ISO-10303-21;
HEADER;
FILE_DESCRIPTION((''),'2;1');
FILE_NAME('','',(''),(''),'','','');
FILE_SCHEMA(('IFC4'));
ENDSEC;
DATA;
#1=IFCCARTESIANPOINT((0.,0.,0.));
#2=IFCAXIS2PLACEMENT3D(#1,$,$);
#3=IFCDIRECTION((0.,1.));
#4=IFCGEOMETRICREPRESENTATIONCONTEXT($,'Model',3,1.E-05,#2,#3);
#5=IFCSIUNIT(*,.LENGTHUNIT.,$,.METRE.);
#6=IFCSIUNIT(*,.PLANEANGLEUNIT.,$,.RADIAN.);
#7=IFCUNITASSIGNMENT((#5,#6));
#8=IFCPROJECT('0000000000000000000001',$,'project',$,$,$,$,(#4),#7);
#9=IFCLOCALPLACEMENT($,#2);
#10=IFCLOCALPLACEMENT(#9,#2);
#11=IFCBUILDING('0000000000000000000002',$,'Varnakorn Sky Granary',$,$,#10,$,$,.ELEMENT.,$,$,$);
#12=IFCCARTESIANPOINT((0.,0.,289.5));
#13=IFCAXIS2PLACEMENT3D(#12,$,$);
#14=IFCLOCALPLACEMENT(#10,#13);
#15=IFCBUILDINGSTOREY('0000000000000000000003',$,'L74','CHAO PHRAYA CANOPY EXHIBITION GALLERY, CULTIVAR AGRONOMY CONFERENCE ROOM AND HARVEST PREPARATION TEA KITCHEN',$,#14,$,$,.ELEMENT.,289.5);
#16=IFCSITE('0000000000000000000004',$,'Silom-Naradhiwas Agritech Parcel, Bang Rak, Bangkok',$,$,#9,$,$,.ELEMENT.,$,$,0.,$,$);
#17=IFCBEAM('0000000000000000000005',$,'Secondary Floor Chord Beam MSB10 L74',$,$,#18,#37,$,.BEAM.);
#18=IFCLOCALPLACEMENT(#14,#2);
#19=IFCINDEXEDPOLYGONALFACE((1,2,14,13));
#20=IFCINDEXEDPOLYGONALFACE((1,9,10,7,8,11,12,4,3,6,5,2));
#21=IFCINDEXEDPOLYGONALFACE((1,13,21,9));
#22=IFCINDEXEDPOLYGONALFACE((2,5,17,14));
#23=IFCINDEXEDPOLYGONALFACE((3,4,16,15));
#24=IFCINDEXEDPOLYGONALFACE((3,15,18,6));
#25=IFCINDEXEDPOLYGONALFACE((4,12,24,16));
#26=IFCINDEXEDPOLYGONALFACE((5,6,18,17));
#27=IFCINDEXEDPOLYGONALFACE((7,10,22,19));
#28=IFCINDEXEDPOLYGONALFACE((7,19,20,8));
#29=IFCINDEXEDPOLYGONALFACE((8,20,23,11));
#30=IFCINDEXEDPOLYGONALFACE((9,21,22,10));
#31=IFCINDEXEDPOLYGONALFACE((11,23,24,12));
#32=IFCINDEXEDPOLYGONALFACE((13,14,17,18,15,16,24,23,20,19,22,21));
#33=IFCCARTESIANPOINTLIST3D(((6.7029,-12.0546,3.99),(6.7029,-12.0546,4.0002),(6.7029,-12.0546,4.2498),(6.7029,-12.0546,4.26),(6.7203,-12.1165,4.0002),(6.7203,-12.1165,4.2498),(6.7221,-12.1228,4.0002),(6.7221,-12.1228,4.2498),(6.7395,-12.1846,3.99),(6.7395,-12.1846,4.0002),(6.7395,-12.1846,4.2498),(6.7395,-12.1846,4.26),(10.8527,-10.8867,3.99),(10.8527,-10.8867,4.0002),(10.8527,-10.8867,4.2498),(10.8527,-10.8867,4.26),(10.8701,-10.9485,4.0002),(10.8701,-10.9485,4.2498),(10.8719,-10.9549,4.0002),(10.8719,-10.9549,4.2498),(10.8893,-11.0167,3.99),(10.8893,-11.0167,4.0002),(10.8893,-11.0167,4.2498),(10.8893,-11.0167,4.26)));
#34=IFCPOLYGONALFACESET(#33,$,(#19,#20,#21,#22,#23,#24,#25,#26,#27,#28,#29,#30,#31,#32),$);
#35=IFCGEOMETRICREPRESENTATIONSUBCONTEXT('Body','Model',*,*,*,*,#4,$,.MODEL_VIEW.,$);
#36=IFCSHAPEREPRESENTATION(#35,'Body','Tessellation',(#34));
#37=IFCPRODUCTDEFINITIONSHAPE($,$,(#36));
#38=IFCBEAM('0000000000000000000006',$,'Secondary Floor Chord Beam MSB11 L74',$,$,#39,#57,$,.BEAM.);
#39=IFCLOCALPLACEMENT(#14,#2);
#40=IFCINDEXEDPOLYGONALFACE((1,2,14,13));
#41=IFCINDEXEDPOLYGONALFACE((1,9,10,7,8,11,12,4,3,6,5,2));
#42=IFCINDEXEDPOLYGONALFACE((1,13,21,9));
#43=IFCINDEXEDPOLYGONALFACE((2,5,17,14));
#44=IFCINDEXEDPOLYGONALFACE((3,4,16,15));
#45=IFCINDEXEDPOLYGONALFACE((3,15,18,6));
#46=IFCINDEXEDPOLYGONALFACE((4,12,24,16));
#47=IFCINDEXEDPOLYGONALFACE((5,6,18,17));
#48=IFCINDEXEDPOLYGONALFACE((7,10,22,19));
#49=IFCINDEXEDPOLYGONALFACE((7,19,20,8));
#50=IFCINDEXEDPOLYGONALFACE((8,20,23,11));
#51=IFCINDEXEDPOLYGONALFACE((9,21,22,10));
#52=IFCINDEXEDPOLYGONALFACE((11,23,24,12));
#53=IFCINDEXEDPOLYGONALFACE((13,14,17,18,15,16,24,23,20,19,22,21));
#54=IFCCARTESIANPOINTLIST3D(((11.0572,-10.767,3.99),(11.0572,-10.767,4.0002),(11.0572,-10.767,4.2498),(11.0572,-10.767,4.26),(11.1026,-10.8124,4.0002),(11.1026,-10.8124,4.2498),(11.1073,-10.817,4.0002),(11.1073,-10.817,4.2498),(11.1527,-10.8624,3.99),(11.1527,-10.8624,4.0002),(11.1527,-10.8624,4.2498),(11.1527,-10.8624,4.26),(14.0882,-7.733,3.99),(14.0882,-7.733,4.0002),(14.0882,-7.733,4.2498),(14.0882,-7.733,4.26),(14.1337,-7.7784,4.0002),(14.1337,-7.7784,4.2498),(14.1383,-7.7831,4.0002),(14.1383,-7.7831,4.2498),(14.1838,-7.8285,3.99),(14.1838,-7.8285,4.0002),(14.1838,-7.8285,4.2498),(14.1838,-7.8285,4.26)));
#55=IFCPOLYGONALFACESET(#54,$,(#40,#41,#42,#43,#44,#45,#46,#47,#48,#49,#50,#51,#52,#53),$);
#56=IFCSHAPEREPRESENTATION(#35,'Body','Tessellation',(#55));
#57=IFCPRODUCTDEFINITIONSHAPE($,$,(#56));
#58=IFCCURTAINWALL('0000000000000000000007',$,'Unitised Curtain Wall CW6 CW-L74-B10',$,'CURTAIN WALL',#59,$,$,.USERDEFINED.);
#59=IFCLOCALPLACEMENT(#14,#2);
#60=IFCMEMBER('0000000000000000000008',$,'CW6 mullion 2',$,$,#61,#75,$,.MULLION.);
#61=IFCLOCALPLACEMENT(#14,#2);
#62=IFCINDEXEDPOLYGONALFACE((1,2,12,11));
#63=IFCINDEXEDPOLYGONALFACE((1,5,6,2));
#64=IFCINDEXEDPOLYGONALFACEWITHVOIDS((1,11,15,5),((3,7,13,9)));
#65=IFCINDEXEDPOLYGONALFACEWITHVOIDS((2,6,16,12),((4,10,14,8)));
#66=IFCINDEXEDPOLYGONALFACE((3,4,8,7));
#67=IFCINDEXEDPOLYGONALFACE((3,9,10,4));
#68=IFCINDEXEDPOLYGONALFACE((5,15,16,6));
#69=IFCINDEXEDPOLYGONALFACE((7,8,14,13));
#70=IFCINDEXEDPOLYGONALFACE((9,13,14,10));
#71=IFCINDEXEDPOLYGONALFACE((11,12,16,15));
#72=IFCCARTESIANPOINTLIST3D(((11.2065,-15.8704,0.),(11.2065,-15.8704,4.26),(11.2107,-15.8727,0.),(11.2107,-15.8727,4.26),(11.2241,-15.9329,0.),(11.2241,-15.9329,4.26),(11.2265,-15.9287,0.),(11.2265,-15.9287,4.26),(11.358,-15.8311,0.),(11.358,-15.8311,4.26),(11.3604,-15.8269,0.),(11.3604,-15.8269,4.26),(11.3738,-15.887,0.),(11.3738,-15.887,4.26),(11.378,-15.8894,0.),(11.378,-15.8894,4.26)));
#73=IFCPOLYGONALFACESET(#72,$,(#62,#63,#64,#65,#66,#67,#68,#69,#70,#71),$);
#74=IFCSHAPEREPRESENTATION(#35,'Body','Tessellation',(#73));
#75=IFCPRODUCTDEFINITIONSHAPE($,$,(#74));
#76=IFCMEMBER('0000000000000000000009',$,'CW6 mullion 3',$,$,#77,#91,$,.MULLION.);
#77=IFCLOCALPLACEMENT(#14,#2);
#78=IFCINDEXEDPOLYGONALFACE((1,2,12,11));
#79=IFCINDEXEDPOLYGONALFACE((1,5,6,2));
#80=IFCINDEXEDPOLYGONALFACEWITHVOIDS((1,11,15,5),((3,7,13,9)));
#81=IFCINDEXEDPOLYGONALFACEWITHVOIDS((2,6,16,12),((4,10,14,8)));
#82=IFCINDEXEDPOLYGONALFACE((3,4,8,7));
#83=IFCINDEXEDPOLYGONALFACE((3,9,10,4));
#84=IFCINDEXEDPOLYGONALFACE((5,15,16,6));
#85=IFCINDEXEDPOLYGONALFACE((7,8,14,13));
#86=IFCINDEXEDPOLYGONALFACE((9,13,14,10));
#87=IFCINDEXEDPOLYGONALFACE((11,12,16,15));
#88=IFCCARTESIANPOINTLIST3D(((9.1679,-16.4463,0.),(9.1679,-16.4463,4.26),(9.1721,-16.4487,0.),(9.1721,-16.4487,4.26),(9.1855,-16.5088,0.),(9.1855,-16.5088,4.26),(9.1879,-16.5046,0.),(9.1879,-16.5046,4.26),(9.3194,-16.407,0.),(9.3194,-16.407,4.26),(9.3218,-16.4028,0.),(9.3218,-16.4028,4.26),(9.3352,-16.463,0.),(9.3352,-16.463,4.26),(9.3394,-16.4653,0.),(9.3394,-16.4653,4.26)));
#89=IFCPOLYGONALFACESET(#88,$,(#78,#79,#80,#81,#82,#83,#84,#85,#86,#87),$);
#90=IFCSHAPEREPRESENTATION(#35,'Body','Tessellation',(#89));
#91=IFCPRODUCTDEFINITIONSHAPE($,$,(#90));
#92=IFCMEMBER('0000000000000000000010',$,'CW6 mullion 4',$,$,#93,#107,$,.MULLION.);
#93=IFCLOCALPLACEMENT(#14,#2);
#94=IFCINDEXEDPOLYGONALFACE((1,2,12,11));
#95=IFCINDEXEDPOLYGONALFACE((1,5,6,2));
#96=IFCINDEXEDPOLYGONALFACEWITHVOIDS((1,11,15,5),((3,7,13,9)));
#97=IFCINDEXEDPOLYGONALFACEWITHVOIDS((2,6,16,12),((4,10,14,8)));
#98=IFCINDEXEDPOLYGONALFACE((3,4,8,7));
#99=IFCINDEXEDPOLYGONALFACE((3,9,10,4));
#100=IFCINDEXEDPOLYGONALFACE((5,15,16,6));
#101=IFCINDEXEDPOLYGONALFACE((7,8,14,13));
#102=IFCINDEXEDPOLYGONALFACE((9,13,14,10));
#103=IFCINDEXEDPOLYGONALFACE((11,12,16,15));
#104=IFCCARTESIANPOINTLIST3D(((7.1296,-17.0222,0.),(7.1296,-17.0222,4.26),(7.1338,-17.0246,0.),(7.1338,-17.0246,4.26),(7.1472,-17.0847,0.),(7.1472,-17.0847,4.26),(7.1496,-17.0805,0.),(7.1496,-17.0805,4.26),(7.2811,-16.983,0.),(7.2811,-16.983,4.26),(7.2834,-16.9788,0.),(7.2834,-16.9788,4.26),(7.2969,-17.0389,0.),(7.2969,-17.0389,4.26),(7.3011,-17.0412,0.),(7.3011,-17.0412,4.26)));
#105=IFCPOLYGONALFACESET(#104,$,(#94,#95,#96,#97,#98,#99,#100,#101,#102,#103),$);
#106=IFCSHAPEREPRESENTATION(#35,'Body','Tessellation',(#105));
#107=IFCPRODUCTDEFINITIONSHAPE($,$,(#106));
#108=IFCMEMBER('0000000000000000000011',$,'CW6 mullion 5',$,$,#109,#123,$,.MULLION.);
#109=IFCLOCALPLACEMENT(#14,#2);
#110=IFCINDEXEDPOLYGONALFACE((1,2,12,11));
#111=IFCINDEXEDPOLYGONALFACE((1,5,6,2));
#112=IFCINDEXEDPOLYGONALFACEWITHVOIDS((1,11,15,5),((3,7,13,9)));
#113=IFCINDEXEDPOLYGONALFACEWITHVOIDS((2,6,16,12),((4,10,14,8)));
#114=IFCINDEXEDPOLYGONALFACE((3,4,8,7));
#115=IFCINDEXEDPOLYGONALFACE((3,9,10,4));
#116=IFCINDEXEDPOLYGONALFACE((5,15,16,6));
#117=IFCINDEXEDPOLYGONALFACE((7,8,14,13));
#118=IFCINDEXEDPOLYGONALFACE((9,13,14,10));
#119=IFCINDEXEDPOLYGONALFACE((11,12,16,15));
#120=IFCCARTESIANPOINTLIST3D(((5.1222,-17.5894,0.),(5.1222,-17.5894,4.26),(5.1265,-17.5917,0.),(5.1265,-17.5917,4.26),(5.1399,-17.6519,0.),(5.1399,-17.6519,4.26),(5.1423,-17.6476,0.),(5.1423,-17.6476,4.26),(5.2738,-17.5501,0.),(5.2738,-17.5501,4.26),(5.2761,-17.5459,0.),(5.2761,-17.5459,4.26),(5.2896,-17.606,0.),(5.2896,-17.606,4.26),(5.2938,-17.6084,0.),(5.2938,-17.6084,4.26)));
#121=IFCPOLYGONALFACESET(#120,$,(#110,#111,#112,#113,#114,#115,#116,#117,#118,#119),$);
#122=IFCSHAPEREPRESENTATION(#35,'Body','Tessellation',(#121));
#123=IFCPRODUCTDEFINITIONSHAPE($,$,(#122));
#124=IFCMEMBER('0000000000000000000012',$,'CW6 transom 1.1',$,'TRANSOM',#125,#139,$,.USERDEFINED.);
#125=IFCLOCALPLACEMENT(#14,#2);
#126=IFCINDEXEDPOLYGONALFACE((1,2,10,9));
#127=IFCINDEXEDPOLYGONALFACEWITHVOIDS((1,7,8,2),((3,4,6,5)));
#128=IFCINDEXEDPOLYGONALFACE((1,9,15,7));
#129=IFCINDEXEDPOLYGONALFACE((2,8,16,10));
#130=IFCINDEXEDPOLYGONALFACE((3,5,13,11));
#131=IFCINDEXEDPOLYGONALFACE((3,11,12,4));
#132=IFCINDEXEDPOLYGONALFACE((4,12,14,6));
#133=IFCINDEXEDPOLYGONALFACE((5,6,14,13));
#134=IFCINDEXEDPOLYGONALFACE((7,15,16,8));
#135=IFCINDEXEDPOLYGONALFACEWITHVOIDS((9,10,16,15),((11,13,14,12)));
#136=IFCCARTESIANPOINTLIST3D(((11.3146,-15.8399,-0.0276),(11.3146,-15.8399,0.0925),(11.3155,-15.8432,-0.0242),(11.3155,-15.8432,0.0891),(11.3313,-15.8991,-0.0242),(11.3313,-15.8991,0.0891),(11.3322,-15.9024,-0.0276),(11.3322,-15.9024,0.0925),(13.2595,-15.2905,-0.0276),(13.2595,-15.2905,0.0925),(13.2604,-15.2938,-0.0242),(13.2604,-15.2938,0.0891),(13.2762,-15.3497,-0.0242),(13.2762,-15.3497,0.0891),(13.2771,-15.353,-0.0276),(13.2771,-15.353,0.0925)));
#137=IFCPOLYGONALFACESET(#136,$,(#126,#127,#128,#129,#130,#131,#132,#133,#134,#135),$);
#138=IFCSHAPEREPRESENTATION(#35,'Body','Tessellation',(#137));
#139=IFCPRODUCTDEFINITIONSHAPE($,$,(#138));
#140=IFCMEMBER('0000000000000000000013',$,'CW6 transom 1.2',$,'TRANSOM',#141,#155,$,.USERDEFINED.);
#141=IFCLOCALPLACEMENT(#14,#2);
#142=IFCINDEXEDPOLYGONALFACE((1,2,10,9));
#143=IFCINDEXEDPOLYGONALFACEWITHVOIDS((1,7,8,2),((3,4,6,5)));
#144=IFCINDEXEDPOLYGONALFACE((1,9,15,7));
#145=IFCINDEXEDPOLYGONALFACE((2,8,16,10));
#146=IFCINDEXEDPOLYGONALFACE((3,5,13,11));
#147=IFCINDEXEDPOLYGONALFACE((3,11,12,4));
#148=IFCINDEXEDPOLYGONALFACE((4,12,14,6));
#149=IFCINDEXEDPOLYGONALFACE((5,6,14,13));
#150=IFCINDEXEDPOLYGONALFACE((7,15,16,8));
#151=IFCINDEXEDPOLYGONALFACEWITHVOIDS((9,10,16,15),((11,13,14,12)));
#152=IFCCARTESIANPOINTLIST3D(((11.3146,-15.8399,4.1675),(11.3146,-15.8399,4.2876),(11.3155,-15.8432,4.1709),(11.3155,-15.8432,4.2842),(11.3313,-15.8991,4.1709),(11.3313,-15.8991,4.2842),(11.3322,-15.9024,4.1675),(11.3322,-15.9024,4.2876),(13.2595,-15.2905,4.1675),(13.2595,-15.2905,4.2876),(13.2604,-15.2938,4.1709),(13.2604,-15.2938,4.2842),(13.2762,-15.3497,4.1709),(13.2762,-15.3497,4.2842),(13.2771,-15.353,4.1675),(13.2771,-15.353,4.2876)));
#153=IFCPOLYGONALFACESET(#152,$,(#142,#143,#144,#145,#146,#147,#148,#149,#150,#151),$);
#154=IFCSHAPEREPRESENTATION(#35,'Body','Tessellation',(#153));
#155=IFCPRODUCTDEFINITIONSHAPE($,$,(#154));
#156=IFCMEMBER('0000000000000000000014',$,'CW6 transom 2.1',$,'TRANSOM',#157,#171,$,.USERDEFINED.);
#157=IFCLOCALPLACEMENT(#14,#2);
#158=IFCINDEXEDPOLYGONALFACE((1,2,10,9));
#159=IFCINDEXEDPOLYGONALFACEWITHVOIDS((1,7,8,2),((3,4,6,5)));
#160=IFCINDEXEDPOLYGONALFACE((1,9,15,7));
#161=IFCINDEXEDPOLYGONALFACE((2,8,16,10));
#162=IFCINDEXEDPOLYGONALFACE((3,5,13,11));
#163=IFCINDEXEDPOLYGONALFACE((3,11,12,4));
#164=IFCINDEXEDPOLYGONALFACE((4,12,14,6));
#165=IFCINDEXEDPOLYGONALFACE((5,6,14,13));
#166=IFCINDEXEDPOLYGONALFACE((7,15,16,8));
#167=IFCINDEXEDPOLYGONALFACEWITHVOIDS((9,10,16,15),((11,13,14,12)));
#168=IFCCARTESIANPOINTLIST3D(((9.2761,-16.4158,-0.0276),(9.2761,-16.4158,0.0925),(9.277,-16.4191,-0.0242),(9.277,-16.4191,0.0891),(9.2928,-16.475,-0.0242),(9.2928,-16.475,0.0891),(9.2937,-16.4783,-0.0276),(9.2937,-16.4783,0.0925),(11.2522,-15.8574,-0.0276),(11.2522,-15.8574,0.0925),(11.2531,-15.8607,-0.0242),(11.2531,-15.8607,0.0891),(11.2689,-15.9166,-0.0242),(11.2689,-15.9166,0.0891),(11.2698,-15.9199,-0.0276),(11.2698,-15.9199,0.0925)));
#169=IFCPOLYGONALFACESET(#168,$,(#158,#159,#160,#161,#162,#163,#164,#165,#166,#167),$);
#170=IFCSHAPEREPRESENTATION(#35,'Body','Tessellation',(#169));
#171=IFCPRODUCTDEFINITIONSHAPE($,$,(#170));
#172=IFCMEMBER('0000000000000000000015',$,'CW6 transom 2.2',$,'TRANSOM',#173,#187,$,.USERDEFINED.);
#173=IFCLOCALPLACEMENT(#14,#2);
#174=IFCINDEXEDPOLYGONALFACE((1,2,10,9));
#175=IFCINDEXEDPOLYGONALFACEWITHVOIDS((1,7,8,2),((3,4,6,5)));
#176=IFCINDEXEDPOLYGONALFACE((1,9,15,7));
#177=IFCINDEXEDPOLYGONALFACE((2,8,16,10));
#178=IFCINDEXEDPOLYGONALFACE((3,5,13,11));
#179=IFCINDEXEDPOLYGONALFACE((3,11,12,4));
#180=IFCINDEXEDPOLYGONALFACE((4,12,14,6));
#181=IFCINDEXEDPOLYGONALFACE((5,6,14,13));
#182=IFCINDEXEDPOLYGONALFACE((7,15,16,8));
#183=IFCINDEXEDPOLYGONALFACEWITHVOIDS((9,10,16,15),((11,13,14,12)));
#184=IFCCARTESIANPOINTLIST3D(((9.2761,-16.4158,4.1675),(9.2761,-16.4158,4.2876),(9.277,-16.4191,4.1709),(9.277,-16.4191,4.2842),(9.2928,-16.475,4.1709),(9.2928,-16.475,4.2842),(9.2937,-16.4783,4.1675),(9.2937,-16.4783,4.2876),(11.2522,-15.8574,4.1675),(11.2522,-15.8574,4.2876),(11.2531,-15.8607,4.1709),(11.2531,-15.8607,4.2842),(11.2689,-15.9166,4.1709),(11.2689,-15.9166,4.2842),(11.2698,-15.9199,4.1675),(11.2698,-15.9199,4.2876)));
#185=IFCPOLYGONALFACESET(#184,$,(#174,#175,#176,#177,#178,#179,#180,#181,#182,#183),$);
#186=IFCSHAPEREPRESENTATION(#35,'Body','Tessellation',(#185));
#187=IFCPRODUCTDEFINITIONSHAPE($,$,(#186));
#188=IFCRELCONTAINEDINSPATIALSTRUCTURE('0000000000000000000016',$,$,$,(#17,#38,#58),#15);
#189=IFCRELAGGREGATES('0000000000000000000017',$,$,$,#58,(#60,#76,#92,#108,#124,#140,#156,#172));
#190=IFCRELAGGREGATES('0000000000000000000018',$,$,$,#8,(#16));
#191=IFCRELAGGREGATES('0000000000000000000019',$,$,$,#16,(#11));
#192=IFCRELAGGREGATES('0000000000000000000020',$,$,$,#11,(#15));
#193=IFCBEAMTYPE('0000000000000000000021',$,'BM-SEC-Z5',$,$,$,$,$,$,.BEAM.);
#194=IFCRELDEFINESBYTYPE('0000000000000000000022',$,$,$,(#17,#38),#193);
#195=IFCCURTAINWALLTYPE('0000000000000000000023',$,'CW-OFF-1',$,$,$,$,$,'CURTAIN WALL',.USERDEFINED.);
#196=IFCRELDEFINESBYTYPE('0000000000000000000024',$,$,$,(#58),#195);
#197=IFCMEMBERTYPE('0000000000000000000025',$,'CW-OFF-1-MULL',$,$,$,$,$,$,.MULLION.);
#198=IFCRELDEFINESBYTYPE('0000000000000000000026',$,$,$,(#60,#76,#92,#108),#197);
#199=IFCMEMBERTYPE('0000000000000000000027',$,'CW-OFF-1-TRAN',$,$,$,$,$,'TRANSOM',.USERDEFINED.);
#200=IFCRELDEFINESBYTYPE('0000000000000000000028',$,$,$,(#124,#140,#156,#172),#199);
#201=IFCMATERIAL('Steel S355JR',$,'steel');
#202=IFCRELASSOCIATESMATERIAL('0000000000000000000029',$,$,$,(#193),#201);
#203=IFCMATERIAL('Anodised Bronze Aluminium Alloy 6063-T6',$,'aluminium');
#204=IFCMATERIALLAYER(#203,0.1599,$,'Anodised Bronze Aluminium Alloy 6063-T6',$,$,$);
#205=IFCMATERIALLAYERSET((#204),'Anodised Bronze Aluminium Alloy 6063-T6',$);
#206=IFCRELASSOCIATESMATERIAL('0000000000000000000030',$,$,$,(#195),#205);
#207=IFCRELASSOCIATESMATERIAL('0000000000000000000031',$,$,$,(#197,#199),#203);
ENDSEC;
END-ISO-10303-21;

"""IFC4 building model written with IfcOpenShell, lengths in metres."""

from ifc_helpers import new_model, si_unit, direction, frame, origin, origin_2d, place, context, subcontext, project, spatial, hollow_rectangle, i_section, extrude, material, layer, layer_set, material_profile, profile_set, type_object, element, aggregate, save


model = new_model("IFC4")

# Units and contexts
model_context = context("Model", 3, precision=1e-05, world=origin(), true_north=direction((0.0, 1.0)))
body_context = subcontext(model_context, "Body", "Model", "MODEL_VIEW")
ifc_project = project(units=[si_unit("LENGTHUNIT", "METRE"), si_unit("PLANEANGLEUNIT", "RADIAN")], contexts=[model_context])

# Site, building, storey
site_placement = place(None, origin())
site = spatial("IfcSite", under=ifc_project, at=site_placement, Name="Silom-Naradhiwas Agritech Parcel, Bang Rak, Bangkok", CompositionType="ELEMENT", RefElevation=0.0)
building_placement = place(site_placement, origin())
building = spatial("IfcBuilding", under=site, at=building_placement, Name="Varnakorn Sky Granary", CompositionType="ELEMENT")
storey_placement = place(building_placement, frame((0.0, 0.0, 289.5)))
storey = spatial("IfcBuildingStorey", under=building, at=storey_placement, Name="L74", Description="CHAO PHRAYA CANOPY EXHIBITION GALLERY, CULTIVAR AGRONOMY CONFERENCE ROOM AND HARVEST PREPARATION TEA KITCHEN", CompositionType="ELEMENT", Elevation=289.5)

# Beams
ifc_material_1 = material(Name="Steel S355JR", Category="steel")
ifc_material_profile_1 = material_profile(ifc_material_1, i_section(OverallWidth=0.135, OverallDepth=0.27, WebThickness=0.0066, FlangeThickness=0.0103, at=origin_2d()), Name="IPE 270")
ifc_profile_set_1 = profile_set([ifc_material_profile_1], Name="Steel S355JR")
beam_type = type_object("IfcBeamType", Name="BM-SEC-Z5", PredefinedType="BEAM", material=ifc_profile_set_1)
beam_1_placement = place(storey_placement, frame((6.7212, -12.1196, 4.125), z_axis=(0.962602, 0.270919, 0.0), x_axis=(-0.270919, 0.962602, 0.0)))
element("IfcBeam", 1, at=beam_1_placement, inside=storey, type_object=beam_type, Name="Secondary Floor Chord Beam MSB10 L74", PredefinedType="BEAM", context=body_context, shape_type="SweptSolid", body=[
    extrude(i_section(OverallWidth=0.135, OverallDepth=0.27, WebThickness=0.0066, FlangeThickness=0.0103, at=origin_2d()), origin(), (0.0, 0.0, 1.0), 4.311),
])
beam_2_placement = place(storey_placement, frame((11.105, -10.8147, 4.125), z_axis=(0.706765, 0.707448, 0.0), x_axis=(-0.707448, 0.706765, 0.0)))
element("IfcBeam", 2, at=beam_2_placement, inside=storey, type_object=beam_type, Name="Secondary Floor Chord Beam MSB11 L74", PredefinedType="BEAM", context=body_context, shape_type="SweptSolid", body=[
    extrude(i_section(OverallWidth=0.135, OverallDepth=0.27, WebThickness=0.0066, FlangeThickness=0.0103, at=origin_2d()), origin(), (0.0, 0.0, 1.0), 4.2886),
])

# Curtain wall, members
ifc_material_2 = material(Name="Anodised Bronze Aluminium Alloy 6063-T6", Category="aluminium")
ifc_layer_1 = layer(ifc_material_2, 0.1599, Name="Anodised Bronze Aluminium Alloy 6063-T6")
ifc_layer_set_1 = layer_set([ifc_layer_1], Name="Anodised Bronze Aluminium Alloy 6063-T6")
curtain_wall_type = type_object("IfcCurtainWallType", Name="CW-OFF-1", ElementType="CURTAIN WALL", PredefinedType="USERDEFINED", material=ifc_layer_set_1)
curtain_wall_placement = place(storey_placement, origin())
curtain_wall = element("IfcCurtainWall", 3, at=curtain_wall_placement, inside=storey, type_object=curtain_wall_type, Name="Unitised Curtain Wall CW6 CW-L74-B10", ObjectType="CURTAIN WALL", PredefinedType="USERDEFINED")
ifc_material_profile_2 = material_profile(ifc_material_2, hollow_rectangle(XDim=0.0649, YDim=0.1599, WallThickness=0.0034, at=origin_2d()), Name="ALU MULL 65x160")
ifc_profile_set_2 = profile_set([ifc_material_profile_2], Name="Anodised Bronze Aluminium Alloy 6063-T6")
member_type_1 = type_object("IfcMemberType", Name="CW-OFF-1-MULL", PredefinedType="MULLION", material=ifc_profile_set_2)
member_1_placement = place(storey_placement, frame((11.2922, -15.8799, 0.0), z_axis=(0.0, 0.0, 1.0), x_axis=(0.271878, -0.962332, 0.0)))
member_1 = element("IfcMember", 4, at=member_1_placement, type_object=member_type_1, Name="CW6 mullion 2", PredefinedType="MULLION", context=body_context, shape_type="SweptSolid", body=[
    extrude(hollow_rectangle(XDim=0.0649, YDim=0.1599, WallThickness=0.0034, at=origin_2d()), origin(), (0.0, 0.0, 1.0), 4.26),
])
member_2_placement = place(storey_placement, frame((9.2537, -16.4558, 0.0), z_axis=(0.0, 0.0, 1.0), x_axis=(0.271878, -0.962332, 0.0)))
member_2 = element("IfcMember", 5, at=member_2_placement, type_object=member_type_1, Name="CW6 mullion 3", PredefinedType="MULLION", context=body_context, shape_type="SweptSolid", body=[
    extrude(hollow_rectangle(XDim=0.0649, YDim=0.1599, WallThickness=0.0034, at=origin_2d()), origin(), (0.0, 0.0, 1.0), 4.26),
])
member_3_placement = place(storey_placement, frame((7.2153, -17.0317, 0.0), z_axis=(0.0, 0.0, 1.0), x_axis=(0.271878, -0.962332, 0.0)))
member_3 = element("IfcMember", 6, at=member_3_placement, type_object=member_type_1, Name="CW6 mullion 4", PredefinedType="MULLION", context=body_context, shape_type="SweptSolid", body=[
    extrude(hollow_rectangle(XDim=0.0649, YDim=0.1599, WallThickness=0.0034, at=origin_2d()), origin(), (0.0, 0.0, 1.0), 4.26),
])
member_4_placement = place(storey_placement, frame((5.208, -17.5989, 0.0), z_axis=(0.0, 0.0, 1.0), x_axis=(0.271878, -0.962332, 0.0)))
member_4 = element("IfcMember", 7, at=member_4_placement, type_object=member_type_1, Name="CW6 mullion 5", PredefinedType="MULLION", context=body_context, shape_type="SweptSolid", body=[
    extrude(hollow_rectangle(XDim=0.0649, YDim=0.1599, WallThickness=0.0034, at=origin_2d()), origin(), (0.0, 0.0, 1.0), 4.26),
])
ifc_material_profile_3 = material_profile(ifc_material_2, hollow_rectangle(XDim=0.0649, YDim=0.1201, WallThickness=0.0034, at=origin_2d()), Name="ALU TRAN 65x120")
ifc_profile_set_3 = profile_set([ifc_material_profile_3], Name="Anodised Bronze Aluminium Alloy 6063-T6")
member_type_2 = type_object("IfcMemberType", Name="CW-OFF-1-TRAN", ElementType="TRANSOM", PredefinedType="USERDEFINED", material=ifc_profile_set_3)
member_5_placement = place(storey_placement, frame((13.2683, -15.3218, 0.0325), z_axis=(-0.962349, -0.271816, 0.0), x_axis=(0.271816, -0.962349, 0.0)))
member_5 = element("IfcMember", 8, at=member_5_placement, type_object=member_type_2, Name="CW6 transom 1.1", ObjectType="TRANSOM", PredefinedType="USERDEFINED", context=body_context, shape_type="SweptSolid", body=[
    extrude(hollow_rectangle(XDim=0.0649, YDim=0.1201, WallThickness=0.0034, at=origin_2d()), origin(), (0.0, 0.0, 1.0), 2.021),
])
member_6_placement = place(storey_placement, frame((13.2683, -15.3218, 4.2275), z_axis=(-0.962349, -0.271816, 0.0), x_axis=(0.271816, -0.962349, 0.0)))
member_6 = element("IfcMember", 9, at=member_6_placement, type_object=member_type_2, Name="CW6 transom 1.2", ObjectType="TRANSOM", PredefinedType="USERDEFINED", context=body_context, shape_type="SweptSolid", body=[
    extrude(hollow_rectangle(XDim=0.0649, YDim=0.1201, WallThickness=0.0034, at=origin_2d()), origin(), (0.0, 0.0, 1.0), 2.021),
])
member_7_placement = place(storey_placement, frame((11.261, -15.8887, 0.0325), z_axis=(-0.962323, -0.271909, 0.0), x_axis=(0.271909, -0.962323, 0.0)))
member_7 = element("IfcMember", 10, at=member_7_placement, type_object=member_type_2, Name="CW6 transom 2.1", ObjectType="TRANSOM", PredefinedType="USERDEFINED", context=body_context, shape_type="SweptSolid", body=[
    extrude(hollow_rectangle(XDim=0.0649, YDim=0.1201, WallThickness=0.0034, at=origin_2d()), origin(), (0.0, 0.0, 1.0), 2.0535),
])
member_8_placement = place(storey_placement, frame((11.261, -15.8887, 4.2275), z_axis=(-0.962323, -0.271909, 0.0), x_axis=(0.271909, -0.962323, 0.0)))
member_8 = element("IfcMember", 11, at=member_8_placement, type_object=member_type_2, Name="CW6 transom 2.2", ObjectType="TRANSOM", PredefinedType="USERDEFINED", context=body_context, shape_type="SweptSolid", body=[
    extrude(hollow_rectangle(XDim=0.0649, YDim=0.1201, WallThickness=0.0034, at=origin_2d()), origin(), (0.0, 0.0, 1.0), 2.0535),
])

aggregate(curtain_wall, [member_1, member_2, member_3, member_4, member_5, member_6, member_7, member_8])

save(model, "model.ifc")
